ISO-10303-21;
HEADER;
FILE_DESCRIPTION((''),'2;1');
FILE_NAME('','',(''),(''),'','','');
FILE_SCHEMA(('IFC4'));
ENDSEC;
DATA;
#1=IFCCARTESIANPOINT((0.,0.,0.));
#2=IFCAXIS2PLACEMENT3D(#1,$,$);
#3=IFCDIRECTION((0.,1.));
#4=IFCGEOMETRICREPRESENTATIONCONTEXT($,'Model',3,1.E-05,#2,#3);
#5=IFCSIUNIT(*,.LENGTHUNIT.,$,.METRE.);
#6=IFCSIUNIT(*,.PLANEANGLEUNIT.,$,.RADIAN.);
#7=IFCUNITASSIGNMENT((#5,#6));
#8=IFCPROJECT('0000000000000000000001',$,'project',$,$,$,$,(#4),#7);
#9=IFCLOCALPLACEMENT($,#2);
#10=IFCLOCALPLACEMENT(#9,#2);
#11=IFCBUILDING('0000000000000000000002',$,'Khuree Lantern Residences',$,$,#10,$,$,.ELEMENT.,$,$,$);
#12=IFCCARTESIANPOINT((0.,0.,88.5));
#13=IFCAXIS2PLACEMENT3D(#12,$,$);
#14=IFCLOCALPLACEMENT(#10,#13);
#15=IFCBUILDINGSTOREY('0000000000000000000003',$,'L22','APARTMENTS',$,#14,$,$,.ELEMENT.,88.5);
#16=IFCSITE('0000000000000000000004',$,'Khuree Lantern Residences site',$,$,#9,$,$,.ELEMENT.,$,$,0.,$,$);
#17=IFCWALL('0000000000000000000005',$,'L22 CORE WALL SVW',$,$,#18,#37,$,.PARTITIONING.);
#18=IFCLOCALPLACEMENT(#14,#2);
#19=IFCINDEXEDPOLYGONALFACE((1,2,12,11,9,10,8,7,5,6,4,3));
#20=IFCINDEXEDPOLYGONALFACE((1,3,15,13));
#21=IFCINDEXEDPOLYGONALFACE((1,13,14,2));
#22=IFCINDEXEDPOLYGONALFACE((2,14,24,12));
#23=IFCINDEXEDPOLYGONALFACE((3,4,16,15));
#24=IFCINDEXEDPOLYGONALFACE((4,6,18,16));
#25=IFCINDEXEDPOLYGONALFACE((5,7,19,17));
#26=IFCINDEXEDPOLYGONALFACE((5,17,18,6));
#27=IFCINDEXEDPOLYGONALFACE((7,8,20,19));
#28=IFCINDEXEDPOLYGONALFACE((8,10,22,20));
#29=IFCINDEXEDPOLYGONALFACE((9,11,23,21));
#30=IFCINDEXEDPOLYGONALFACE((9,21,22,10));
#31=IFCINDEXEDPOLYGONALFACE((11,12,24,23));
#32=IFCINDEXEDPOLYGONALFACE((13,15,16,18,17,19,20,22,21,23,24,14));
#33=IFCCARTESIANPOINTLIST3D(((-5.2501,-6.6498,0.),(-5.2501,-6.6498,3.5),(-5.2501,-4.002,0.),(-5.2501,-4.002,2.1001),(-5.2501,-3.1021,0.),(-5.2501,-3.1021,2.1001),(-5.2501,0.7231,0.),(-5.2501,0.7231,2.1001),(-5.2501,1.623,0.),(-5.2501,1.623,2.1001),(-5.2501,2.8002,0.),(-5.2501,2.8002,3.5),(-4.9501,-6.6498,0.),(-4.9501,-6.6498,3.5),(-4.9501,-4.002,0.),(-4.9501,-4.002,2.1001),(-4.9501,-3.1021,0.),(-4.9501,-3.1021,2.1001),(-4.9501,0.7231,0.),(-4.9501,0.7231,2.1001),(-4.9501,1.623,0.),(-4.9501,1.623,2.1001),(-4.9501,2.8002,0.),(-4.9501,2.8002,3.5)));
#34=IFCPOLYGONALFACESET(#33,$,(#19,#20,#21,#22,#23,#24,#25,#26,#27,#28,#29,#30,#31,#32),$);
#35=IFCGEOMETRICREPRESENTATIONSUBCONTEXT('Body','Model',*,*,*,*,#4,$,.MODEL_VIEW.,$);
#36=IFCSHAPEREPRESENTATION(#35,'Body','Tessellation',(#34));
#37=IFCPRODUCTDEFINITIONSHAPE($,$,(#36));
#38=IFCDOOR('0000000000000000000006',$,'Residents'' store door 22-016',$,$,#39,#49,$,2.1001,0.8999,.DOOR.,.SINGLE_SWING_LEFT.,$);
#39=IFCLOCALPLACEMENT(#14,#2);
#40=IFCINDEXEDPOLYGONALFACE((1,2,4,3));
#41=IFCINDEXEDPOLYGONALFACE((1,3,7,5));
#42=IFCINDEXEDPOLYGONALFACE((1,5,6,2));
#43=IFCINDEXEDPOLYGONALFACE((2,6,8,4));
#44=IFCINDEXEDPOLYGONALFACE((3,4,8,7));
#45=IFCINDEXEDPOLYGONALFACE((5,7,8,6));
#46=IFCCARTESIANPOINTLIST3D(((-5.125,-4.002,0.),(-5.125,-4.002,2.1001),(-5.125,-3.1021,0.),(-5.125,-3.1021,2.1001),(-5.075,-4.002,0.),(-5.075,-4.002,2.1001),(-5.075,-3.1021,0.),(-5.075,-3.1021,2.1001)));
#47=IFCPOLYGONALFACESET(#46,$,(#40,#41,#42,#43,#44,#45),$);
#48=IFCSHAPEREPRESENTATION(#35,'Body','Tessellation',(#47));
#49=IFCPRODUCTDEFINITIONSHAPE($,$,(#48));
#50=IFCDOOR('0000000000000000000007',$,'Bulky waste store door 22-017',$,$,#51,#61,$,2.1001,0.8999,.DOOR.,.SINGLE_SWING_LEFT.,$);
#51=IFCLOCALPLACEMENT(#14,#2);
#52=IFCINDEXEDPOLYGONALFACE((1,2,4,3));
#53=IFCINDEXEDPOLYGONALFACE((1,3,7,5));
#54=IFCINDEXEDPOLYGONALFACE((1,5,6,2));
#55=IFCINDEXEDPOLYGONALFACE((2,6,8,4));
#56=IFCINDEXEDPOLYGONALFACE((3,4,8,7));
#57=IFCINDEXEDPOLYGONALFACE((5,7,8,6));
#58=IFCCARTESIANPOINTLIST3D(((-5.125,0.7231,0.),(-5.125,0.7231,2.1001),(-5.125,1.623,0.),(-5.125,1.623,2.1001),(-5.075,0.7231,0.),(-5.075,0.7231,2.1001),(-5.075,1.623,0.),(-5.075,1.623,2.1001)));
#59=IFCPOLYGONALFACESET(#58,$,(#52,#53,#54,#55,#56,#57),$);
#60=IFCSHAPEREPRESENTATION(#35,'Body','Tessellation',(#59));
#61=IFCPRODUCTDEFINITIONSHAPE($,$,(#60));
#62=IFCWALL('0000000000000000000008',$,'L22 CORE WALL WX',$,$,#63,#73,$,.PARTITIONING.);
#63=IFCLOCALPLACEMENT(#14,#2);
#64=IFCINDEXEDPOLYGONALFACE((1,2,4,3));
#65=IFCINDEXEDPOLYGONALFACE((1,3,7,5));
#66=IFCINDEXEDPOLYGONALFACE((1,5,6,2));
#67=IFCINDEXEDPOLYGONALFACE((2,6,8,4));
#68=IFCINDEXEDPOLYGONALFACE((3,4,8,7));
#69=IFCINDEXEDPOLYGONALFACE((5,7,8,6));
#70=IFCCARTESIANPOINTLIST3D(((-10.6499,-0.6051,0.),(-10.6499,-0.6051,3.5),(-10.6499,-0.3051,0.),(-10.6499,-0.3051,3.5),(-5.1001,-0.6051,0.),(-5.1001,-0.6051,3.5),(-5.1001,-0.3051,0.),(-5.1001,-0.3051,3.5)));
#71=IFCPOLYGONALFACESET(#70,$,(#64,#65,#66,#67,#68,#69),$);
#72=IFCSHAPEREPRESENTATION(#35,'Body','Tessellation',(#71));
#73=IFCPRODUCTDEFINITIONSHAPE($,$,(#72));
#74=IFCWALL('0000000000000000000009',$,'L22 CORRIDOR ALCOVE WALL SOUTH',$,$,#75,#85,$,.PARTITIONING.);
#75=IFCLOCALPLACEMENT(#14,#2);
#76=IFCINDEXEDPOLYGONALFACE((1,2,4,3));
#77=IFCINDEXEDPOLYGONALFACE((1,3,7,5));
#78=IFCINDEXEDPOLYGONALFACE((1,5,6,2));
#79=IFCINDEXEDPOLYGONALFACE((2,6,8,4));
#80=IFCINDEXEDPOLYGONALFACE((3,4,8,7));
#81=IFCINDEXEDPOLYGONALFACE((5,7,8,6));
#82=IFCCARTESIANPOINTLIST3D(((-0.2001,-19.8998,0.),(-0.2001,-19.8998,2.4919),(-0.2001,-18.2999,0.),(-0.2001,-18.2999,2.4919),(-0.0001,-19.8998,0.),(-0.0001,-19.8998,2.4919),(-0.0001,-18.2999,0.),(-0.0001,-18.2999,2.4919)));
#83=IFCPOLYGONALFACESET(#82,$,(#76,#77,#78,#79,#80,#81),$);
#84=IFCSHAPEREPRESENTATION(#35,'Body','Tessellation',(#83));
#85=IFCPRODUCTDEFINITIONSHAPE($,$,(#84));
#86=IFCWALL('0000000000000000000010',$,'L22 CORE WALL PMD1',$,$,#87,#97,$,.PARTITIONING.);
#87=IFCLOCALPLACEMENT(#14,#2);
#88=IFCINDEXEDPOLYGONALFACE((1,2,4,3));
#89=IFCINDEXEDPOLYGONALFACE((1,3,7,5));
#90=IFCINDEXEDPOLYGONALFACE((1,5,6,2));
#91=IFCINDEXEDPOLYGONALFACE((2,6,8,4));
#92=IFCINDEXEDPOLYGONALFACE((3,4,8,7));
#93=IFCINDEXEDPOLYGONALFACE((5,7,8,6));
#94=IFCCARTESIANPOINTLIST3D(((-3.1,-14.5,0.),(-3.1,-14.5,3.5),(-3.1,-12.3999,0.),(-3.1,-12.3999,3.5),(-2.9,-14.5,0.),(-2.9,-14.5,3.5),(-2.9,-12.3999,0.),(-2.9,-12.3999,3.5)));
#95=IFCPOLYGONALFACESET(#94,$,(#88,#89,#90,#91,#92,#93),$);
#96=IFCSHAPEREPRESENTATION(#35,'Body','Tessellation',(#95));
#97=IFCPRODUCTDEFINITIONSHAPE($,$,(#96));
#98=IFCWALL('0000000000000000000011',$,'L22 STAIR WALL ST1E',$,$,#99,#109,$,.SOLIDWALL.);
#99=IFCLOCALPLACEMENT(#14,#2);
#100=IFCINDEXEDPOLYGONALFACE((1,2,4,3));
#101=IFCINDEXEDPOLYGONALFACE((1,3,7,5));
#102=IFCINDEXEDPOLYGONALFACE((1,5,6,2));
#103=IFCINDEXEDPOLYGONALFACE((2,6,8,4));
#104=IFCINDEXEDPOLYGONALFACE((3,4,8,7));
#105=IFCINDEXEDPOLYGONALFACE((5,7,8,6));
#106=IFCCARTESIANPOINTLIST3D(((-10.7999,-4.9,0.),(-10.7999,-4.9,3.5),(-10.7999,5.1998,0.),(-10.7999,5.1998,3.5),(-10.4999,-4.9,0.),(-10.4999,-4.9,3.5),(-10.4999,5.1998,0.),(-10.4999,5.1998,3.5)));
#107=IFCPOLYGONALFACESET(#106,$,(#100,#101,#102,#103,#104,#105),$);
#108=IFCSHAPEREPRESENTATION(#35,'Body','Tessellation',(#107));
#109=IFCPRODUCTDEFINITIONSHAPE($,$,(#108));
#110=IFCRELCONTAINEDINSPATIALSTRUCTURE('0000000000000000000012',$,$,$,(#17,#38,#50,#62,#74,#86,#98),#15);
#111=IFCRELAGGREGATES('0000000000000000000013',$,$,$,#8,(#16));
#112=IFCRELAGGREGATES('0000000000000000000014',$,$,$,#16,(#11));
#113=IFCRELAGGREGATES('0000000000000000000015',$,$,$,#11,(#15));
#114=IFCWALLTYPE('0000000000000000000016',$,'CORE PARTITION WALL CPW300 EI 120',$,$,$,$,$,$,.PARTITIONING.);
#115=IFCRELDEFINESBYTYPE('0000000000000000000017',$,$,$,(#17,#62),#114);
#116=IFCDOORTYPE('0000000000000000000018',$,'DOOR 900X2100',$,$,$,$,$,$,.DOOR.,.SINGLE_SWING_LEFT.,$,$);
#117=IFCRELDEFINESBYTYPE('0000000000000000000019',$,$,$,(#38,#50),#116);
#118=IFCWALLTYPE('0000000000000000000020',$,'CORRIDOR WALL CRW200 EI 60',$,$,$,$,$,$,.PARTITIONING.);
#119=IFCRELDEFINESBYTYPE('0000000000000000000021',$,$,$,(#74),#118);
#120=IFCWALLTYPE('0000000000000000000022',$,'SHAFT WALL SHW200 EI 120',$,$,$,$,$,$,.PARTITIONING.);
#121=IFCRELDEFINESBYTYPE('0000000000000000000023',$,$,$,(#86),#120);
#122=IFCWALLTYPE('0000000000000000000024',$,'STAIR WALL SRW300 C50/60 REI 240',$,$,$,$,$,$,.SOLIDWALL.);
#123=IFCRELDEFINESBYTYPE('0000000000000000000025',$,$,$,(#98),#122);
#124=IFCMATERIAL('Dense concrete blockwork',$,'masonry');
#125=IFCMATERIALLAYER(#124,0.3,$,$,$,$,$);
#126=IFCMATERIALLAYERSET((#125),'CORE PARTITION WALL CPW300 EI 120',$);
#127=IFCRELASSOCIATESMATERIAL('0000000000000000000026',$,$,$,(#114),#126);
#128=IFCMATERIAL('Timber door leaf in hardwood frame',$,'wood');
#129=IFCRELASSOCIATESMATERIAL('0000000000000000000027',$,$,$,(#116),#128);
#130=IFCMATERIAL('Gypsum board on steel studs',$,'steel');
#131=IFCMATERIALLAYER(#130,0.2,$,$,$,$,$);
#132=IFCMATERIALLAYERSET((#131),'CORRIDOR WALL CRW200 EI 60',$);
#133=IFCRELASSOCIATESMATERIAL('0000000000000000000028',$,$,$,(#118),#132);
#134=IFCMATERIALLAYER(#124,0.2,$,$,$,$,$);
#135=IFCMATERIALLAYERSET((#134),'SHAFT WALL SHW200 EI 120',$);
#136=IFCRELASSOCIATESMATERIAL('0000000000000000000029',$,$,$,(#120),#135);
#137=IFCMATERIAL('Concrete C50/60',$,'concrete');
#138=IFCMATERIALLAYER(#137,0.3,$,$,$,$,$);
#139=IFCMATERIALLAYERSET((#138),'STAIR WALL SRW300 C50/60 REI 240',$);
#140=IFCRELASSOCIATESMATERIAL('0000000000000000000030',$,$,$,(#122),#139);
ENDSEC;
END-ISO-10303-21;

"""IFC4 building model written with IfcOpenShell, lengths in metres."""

from ifc_helpers import new_model, si_unit, direction, frame, frame_2d, origin, place, context, subcontext, project, spatial, rectangle, extrude, material, layer, layer_set, type_object, element, fill, save


model = new_model("IFC4")

# Units and contexts
model_context = context("Model", 3, precision=1e-05, world=origin(), true_north=direction((0.0, 1.0)))
body_context = subcontext(model_context, "Body", "Model", "MODEL_VIEW")
ifc_project = project(units=[si_unit("LENGTHUNIT", "METRE"), si_unit("PLANEANGLEUNIT", "RADIAN")], contexts=[model_context])

# Site, building, storey
site_placement = place(None, origin())
site = spatial("IfcSite", under=ifc_project, at=site_placement, Name="Khuree Lantern Residences site", CompositionType="ELEMENT", RefElevation=0.0)
building_placement = place(site_placement, origin())
building = spatial("IfcBuilding", under=site, at=building_placement, Name="Khuree Lantern Residences", CompositionType="ELEMENT")
storey_placement = place(building_placement, frame((0.0, 0.0, 88.5)))
storey = spatial("IfcBuildingStorey", under=building, at=storey_placement, Name="L22", Description="APARTMENTS", CompositionType="ELEMENT", Elevation=88.5)

# Shared definitions
ifc_material_1 = material(Name="Dense concrete blockwork", Category="masonry")
ifc_layer_1 = layer(ifc_material_1, 0.3)
ifc_layer_set_1 = layer_set([ifc_layer_1], Name="CORE PARTITION WALL CPW300 EI 120")
wall_type_1 = type_object("IfcWallType", Name="CORE PARTITION WALL CPW300 EI 120", PredefinedType="PARTITIONING", material=ifc_layer_set_1)

# Wall, openings, doors
wall_1_placement = place(storey_placement, frame((-5.1001, -6.6499, 0.0), z_axis=(0.0, 0.0, 1.0), x_axis=(0.0, 1.0, 0.0)))
wall_1 = element("IfcWall", 1, at=wall_1_placement, inside=storey, type_object=wall_type_1, Name="L22 CORE WALL SVW", PredefinedType="PARTITIONING", context=body_context, shape_type="SweptSolid", body=[
    extrude(rectangle(XDim=9.45, YDim=0.3, at=frame_2d((4.7251, 0.0))), origin(), (0.0, 0.0, 1.0), 3.5),
])
opening_1_placement = place(wall_1_placement, frame((2.6479, 0.0, 0.0)))
opening_1 = element("IfcOpeningElement", 2, at=opening_1_placement, cuts=wall_1, PredefinedType="OPENING", context=body_context, shape_type="SweptSolid", body=[
    extrude(rectangle(XDim=0.8999, YDim=2.1001, at=frame_2d((0.45, 1.05))), frame((0.0, 0.1602, 0.0), z_axis=(0.0, -1.0, 0.0), x_axis=(1.0, 0.0, 0.0)), (0.0, 0.0, 1.0), 0.3201),
])
opening_2_placement = place(wall_1_placement, frame((7.373, 0.0, 0.0)))
opening_2 = element("IfcOpeningElement", 3, at=opening_2_placement, cuts=wall_1, PredefinedType="OPENING", context=body_context, shape_type="SweptSolid", body=[
    extrude(rectangle(XDim=0.8999, YDim=2.1001, at=frame_2d((0.45, 1.05))), frame((0.0, 0.1602, 0.0), z_axis=(0.0, -1.0, 0.0), x_axis=(1.0, 0.0, 0.0)), (0.0, 0.0, 1.0), 0.3201),
])
ifc_material_2 = material(Name="Timber door leaf in hardwood frame", Category="wood")
door_type_1 = type_object("IfcDoorType", Name="DOOR 900X2100", OperationType="SINGLE_SWING_LEFT", PredefinedType="DOOR", material=ifc_material_2)
door_1_placement = place(opening_1_placement, origin())
door_1 = element("IfcDoor", 4, at=door_1_placement, inside=storey, type_object=door_type_1, Name="Residents' store door 22-016", OperationType="SINGLE_SWING_LEFT", OverallHeight=2.1001, OverallWidth=0.8999, PredefinedType="DOOR", context=body_context, shape_type="SweptSolid", body=[
    extrude(rectangle(XDim=0.8999, YDim=2.1001, at=frame_2d((0.45, 1.05))), frame((0.0, 0.0249, 0.0), z_axis=(0.0, -1.0, 0.0), x_axis=(1.0, 0.0, 0.0)), (0.0, 0.0, 1.0), 0.05),
])
fill(opening_1, door_1)
door_2_placement = place(opening_2_placement, origin())
door_2 = element("IfcDoor", 5, at=door_2_placement, inside=storey, type_object=door_type_1, Name="Bulky waste store door 22-017", OperationType="SINGLE_SWING_LEFT", OverallHeight=2.1001, OverallWidth=0.8999, PredefinedType="DOOR", context=body_context, shape_type="SweptSolid", body=[
    extrude(rectangle(XDim=0.8999, YDim=2.1001, at=frame_2d((0.45, 1.05))), frame((0.0, 0.0249, 0.0), z_axis=(0.0, -1.0, 0.0), x_axis=(1.0, 0.0, 0.0)), (0.0, 0.0, 1.0), 0.05),
])
fill(opening_2, door_2)

# Walls
wall_2_placement = place(storey_placement, frame((-10.6499, -0.4551, 0.0), z_axis=(0.0, 0.0, 1.0), x_axis=(1.0, 0.0, 0.0)))
element("IfcWall", 6, at=wall_2_placement, inside=storey, type_object=wall_type_1, Name="L22 CORE WALL WX", PredefinedType="PARTITIONING", context=body_context, shape_type="SweptSolid", body=[
    extrude(rectangle(XDim=5.5498, YDim=0.3, at=frame_2d((2.7749, 0.0))), origin(), (0.0, 0.0, 1.0), 3.5),
])
ifc_material_3 = material(Name="Gypsum board on steel studs", Category="steel")
ifc_layer_2 = layer(ifc_material_3, 0.2)
ifc_layer_set_2 = layer_set([ifc_layer_2], Name="CORRIDOR WALL CRW200 EI 60")
wall_type_2 = type_object("IfcWallType", Name="CORRIDOR WALL CRW200 EI 60", PredefinedType="PARTITIONING", material=ifc_layer_set_2)
wall_3_placement = place(storey_placement, frame((-0.1001, -18.3, 0.0), z_axis=(0.0, 0.0, 1.0), x_axis=(0.0, -1.0, 0.0)))
element("IfcWall", 7, at=wall_3_placement, inside=storey, type_object=wall_type_2, Name="L22 CORRIDOR ALCOVE WALL SOUTH", PredefinedType="PARTITIONING", context=body_context, shape_type="SweptSolid", body=[
    extrude(rectangle(XDim=1.5999, YDim=0.2, at=frame_2d((0.7998, 0.0))), origin(), (0.0, 0.0, 1.0), 2.4919),
])
ifc_layer_3 = layer(ifc_material_1, 0.2)
ifc_layer_set_3 = layer_set([ifc_layer_3], Name="SHAFT WALL SHW200 EI 120")
wall_type_3 = type_object("IfcWallType", Name="SHAFT WALL SHW200 EI 120", PredefinedType="PARTITIONING", material=ifc_layer_set_3)
wall_4_placement = place(storey_placement, frame((-3.0, -14.5, 0.0), z_axis=(0.0, 0.0, 1.0), x_axis=(0.0, 1.0, 0.0)))
element("IfcWall", 8, at=wall_4_placement, inside=storey, type_object=wall_type_3, Name="L22 CORE WALL PMD1", PredefinedType="PARTITIONING", context=body_context, shape_type="SweptSolid", body=[
    extrude(rectangle(XDim=2.1001, YDim=0.2, at=frame_2d((1.05, 0.0))), origin(), (0.0, 0.0, 1.0), 3.5),
])
ifc_material_4 = material(Name="Concrete C50/60", Category="concrete")
ifc_layer_4 = layer(ifc_material_4, 0.3)
ifc_layer_set_4 = layer_set([ifc_layer_4], Name="STAIR WALL SRW300 C50/60 REI 240")
wall_type_4 = type_object("IfcWallType", Name="STAIR WALL SRW300 C50/60 REI 240", PredefinedType="SOLIDWALL", material=ifc_layer_set_4)
wall_5_placement = place(storey_placement, frame((-10.6499, -4.8999, 0.0), z_axis=(0.0, 0.0, 1.0), x_axis=(0.0, 1.0, 0.0)))
element("IfcWall", 9, at=wall_5_placement, inside=storey, type_object=wall_type_4, Name="L22 STAIR WALL ST1E", PredefinedType="SOLIDWALL", context=body_context, shape_type="SweptSolid", body=[
    extrude(rectangle(XDim=10.0999, YDim=0.3, at=frame_2d((5.0498, 0.0))), origin(), (0.0, 0.0, 1.0), 3.5),
])

save(model, "model.ifc")
